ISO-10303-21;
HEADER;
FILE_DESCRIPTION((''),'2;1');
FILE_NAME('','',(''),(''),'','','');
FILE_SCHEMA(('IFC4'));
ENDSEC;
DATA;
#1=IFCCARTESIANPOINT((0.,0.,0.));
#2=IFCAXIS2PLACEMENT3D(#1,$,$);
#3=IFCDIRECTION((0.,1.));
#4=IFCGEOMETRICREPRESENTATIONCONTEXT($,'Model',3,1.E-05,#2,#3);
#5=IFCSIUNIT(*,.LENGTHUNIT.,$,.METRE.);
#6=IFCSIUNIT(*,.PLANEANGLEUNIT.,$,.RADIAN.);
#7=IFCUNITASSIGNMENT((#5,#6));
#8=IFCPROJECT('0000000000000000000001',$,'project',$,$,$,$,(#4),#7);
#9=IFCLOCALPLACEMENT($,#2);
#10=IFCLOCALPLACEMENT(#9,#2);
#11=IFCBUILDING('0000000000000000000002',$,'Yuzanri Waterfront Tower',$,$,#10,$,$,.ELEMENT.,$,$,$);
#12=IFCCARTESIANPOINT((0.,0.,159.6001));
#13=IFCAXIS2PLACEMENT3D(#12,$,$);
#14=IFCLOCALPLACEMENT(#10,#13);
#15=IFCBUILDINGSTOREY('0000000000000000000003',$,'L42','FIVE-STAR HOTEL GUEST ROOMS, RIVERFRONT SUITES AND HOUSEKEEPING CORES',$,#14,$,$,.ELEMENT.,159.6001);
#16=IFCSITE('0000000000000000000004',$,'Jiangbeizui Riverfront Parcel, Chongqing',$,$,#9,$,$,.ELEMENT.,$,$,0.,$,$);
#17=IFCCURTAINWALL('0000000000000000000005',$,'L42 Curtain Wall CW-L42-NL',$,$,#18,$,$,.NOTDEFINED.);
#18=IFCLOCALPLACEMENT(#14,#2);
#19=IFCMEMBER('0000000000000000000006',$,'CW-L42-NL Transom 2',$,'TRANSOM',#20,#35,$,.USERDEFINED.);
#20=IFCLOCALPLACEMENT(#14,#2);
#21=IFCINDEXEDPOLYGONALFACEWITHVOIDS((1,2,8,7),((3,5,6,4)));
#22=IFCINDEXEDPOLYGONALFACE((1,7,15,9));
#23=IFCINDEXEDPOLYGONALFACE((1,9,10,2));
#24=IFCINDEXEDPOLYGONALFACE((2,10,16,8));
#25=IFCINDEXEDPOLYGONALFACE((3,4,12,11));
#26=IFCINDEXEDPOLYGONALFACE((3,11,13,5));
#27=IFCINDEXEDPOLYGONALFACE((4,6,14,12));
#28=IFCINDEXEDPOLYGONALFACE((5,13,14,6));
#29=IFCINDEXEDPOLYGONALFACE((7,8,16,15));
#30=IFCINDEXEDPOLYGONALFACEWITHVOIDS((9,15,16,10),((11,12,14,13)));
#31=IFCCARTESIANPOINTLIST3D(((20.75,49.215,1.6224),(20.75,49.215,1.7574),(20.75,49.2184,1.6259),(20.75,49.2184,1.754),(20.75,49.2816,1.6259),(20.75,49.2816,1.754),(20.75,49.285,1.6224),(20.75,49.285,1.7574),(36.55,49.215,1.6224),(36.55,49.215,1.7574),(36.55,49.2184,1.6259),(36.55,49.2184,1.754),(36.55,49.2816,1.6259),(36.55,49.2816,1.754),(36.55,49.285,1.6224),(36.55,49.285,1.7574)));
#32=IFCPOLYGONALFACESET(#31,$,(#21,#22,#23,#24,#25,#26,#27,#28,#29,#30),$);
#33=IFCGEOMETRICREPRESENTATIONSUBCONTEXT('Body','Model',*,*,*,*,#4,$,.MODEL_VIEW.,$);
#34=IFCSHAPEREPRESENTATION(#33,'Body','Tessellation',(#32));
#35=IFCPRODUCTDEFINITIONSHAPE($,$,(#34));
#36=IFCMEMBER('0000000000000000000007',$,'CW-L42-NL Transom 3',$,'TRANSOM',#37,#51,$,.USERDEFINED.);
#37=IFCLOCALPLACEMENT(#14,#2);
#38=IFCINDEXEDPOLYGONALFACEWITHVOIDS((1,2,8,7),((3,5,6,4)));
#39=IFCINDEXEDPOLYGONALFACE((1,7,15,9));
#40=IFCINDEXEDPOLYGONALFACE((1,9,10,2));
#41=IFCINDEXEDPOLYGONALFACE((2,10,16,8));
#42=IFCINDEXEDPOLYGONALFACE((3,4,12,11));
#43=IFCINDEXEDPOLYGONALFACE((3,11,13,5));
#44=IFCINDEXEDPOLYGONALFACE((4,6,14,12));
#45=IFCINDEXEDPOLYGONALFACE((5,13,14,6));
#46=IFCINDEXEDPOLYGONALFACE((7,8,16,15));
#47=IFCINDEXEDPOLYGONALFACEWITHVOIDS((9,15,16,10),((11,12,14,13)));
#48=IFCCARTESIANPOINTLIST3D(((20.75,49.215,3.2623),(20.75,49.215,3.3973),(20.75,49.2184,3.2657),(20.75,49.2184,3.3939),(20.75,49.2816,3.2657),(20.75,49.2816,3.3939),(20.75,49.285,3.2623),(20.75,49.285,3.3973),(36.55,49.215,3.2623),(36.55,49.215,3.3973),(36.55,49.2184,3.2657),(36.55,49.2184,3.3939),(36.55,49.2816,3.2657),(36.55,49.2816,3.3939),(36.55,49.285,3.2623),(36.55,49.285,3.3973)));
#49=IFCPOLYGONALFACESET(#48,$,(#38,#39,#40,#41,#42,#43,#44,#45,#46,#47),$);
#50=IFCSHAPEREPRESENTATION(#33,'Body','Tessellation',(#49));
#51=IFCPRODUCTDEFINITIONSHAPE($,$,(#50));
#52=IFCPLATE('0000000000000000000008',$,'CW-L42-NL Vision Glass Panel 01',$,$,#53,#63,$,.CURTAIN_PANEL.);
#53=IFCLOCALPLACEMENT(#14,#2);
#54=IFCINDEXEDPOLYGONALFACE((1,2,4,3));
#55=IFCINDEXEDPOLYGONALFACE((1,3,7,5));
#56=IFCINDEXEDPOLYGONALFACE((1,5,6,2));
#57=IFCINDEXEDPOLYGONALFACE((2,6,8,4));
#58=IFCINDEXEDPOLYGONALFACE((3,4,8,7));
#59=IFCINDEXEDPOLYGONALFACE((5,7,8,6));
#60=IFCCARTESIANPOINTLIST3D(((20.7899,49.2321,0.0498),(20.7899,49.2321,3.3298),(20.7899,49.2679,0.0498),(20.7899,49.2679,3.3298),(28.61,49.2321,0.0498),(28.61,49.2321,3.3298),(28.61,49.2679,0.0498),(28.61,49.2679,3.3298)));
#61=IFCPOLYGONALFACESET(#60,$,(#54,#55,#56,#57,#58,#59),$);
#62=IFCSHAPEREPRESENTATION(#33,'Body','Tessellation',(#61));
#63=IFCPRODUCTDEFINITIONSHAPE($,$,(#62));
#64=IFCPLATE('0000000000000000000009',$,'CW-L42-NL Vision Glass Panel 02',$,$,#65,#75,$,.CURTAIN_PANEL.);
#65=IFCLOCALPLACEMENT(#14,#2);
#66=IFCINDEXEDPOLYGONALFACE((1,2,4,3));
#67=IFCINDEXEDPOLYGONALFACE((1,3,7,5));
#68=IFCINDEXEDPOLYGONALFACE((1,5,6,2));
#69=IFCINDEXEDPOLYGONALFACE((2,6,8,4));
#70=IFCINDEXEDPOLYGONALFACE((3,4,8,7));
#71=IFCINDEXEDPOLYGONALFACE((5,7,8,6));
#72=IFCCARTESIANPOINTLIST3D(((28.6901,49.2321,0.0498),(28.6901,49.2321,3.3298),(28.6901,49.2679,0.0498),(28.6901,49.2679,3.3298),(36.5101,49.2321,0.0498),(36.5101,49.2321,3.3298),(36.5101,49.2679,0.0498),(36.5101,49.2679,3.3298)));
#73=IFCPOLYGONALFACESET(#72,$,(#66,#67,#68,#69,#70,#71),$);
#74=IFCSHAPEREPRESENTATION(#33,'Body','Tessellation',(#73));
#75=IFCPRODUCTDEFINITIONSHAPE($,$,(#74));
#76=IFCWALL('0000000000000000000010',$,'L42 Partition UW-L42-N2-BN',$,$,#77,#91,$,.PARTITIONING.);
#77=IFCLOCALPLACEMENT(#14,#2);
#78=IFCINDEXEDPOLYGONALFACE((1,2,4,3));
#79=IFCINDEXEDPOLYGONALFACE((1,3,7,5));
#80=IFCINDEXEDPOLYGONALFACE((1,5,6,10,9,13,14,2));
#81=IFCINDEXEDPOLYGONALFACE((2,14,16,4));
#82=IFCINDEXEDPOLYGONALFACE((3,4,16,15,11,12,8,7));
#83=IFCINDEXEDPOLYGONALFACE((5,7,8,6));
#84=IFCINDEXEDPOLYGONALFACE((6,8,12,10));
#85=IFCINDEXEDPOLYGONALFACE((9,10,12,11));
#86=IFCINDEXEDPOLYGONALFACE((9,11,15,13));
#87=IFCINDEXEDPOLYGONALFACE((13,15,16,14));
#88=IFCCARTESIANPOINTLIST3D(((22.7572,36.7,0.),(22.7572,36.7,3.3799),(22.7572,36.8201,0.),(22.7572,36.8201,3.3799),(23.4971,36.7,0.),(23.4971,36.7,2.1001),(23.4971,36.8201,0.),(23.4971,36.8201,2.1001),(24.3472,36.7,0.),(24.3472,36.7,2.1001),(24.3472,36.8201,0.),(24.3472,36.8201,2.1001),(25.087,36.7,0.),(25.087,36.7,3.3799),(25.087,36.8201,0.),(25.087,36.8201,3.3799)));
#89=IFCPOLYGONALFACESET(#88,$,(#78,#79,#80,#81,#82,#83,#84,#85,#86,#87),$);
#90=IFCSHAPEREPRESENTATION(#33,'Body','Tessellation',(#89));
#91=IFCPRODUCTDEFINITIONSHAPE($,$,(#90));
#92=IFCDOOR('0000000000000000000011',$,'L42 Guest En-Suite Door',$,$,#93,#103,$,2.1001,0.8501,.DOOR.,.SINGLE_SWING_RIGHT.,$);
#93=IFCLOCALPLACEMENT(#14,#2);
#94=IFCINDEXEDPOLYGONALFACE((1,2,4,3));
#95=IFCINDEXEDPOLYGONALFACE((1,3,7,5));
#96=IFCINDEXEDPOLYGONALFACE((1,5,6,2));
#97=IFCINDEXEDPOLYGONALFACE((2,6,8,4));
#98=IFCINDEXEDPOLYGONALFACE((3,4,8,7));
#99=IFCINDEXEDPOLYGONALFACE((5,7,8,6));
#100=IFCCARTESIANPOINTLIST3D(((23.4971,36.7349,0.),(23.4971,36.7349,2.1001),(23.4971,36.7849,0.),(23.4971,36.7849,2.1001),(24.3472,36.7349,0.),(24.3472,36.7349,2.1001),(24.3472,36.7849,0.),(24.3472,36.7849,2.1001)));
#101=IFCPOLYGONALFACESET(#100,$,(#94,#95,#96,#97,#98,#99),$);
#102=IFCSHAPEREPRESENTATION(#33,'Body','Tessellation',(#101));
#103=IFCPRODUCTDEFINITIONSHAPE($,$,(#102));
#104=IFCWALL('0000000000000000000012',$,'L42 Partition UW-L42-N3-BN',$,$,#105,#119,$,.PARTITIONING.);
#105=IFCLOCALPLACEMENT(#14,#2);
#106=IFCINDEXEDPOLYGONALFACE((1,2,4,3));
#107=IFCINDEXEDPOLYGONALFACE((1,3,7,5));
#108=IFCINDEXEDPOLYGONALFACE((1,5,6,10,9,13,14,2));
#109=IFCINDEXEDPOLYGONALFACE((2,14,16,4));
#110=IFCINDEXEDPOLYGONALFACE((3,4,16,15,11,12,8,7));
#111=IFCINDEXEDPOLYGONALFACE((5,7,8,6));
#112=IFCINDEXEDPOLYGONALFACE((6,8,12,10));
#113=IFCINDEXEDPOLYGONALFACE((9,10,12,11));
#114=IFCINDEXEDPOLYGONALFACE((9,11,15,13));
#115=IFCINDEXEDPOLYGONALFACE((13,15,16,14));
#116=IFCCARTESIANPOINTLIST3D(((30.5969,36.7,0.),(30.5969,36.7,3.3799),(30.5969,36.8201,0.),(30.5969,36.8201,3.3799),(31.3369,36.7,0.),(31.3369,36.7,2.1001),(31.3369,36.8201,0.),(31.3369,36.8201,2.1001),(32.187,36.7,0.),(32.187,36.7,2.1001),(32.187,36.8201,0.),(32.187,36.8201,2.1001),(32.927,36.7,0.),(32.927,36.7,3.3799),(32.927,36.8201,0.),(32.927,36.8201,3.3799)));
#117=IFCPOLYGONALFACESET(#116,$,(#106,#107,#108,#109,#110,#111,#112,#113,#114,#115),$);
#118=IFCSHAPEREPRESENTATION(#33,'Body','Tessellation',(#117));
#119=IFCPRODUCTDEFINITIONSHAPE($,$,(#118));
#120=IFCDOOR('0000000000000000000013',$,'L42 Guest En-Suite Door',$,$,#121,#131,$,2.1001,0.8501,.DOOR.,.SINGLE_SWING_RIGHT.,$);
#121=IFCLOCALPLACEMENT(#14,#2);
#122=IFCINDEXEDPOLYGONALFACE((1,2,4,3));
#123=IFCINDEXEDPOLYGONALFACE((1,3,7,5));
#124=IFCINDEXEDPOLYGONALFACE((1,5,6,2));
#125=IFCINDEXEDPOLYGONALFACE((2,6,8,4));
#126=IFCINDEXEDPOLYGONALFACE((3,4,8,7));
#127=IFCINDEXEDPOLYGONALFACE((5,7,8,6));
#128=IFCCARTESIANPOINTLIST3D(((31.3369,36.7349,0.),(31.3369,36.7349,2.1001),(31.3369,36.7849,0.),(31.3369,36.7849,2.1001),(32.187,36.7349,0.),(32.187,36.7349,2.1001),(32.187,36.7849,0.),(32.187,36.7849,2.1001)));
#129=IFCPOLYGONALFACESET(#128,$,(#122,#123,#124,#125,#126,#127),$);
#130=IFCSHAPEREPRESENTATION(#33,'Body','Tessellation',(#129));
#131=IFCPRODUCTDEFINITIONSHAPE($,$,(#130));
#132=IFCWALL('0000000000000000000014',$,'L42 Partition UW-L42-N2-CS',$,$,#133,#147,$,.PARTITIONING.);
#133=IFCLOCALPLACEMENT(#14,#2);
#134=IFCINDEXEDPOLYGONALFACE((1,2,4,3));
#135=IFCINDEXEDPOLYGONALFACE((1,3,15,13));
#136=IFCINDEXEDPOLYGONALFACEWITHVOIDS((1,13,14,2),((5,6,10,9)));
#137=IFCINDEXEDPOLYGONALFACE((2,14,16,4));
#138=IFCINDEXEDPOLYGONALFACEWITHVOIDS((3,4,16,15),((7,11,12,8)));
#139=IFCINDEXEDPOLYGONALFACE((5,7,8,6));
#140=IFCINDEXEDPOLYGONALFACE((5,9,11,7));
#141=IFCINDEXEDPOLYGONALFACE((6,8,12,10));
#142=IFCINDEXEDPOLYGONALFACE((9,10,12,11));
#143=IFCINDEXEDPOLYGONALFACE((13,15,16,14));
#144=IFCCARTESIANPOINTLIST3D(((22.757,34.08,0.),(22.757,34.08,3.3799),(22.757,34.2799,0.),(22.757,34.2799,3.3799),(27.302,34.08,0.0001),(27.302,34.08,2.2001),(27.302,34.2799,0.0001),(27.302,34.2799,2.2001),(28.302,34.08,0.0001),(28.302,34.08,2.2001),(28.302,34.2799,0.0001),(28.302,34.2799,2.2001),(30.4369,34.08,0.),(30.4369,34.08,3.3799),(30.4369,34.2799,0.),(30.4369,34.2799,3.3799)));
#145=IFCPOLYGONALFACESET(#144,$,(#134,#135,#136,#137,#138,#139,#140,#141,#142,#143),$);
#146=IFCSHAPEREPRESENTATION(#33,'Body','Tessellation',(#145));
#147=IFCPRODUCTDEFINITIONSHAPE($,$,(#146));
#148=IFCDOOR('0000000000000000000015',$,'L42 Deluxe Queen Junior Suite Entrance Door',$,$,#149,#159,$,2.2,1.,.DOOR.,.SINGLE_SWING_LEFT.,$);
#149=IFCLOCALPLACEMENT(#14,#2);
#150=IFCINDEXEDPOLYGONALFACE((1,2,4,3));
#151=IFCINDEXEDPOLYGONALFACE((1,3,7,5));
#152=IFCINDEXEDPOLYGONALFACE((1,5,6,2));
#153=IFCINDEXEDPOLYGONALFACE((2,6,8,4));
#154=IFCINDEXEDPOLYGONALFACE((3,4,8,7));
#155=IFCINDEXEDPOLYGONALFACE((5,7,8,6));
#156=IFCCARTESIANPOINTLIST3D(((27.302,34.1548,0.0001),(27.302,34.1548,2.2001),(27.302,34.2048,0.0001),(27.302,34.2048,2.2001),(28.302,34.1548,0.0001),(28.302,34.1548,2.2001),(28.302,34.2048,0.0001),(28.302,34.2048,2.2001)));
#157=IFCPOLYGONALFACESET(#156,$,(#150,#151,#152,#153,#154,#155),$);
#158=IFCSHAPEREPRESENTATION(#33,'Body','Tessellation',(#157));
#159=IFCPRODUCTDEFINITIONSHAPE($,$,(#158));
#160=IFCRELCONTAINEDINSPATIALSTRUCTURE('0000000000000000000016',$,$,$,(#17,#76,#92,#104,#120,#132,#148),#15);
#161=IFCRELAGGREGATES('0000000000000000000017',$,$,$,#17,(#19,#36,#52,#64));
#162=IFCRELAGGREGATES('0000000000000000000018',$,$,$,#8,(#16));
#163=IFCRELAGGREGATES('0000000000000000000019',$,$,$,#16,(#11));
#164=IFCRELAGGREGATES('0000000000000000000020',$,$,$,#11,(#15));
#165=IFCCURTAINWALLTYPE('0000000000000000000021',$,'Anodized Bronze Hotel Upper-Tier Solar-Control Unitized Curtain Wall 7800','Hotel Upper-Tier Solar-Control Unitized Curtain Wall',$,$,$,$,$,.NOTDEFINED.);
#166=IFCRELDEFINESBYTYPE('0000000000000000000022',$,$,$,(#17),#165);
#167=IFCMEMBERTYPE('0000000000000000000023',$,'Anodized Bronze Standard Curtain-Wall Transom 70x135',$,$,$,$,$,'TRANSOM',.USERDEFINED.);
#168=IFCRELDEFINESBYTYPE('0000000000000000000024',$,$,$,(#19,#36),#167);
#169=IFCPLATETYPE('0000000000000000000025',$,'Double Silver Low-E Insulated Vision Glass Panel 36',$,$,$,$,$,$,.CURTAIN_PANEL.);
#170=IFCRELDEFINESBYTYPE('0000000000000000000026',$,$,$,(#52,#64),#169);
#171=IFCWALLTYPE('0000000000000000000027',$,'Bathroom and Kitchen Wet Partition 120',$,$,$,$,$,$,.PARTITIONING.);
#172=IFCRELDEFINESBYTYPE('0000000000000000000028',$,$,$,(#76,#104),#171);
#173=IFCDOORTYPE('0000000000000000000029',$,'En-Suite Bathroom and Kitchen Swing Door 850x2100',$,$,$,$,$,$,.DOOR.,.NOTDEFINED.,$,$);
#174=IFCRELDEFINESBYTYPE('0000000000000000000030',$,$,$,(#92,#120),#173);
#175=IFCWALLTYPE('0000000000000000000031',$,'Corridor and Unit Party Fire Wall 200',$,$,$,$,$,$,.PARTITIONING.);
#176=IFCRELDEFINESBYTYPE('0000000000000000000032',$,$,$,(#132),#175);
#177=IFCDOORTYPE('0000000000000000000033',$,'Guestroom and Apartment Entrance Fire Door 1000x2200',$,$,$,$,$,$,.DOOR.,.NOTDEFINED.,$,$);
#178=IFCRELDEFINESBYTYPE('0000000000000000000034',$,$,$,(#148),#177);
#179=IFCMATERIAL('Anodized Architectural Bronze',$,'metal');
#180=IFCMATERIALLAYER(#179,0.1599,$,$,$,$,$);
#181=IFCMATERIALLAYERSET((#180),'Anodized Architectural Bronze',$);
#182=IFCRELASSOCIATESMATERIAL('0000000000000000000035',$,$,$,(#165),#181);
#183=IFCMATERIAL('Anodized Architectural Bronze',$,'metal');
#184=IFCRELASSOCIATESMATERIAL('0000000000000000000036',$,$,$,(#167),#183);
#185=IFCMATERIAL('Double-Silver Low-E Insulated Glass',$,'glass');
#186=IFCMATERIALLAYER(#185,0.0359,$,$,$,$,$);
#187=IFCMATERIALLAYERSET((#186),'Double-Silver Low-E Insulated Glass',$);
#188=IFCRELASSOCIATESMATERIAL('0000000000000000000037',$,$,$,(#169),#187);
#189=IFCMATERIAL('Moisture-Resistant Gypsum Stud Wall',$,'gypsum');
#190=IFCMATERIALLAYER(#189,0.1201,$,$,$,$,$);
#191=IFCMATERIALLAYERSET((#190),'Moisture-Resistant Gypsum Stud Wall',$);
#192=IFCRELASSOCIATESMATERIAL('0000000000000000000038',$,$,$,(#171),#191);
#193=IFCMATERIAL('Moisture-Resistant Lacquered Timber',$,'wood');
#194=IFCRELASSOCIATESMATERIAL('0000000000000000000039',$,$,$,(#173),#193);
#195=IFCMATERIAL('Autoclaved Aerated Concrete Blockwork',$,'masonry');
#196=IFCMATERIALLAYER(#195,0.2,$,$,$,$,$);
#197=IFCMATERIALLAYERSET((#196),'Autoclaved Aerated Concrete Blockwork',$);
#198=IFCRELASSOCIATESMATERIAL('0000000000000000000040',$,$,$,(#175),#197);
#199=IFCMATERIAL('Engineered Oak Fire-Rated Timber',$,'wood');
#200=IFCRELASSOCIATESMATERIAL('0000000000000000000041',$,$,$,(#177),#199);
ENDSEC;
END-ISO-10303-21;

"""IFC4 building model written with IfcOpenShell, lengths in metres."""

from ifc_helpers import new_model, si_unit, direction, frame, frame_2d, origin, origin_2d, place, context, subcontext, project, spatial, rectangle, hollow_rectangle, extrude, source, transform, mapped, material, layer, layer_set, material_profile, profile_set, type_object, element, fill, aggregate, save


model = new_model("IFC4")

# Units and contexts
model_context = context("Model", 3, precision=1e-05, world=origin(), true_north=direction((0.0, 1.0)))
body_context = subcontext(model_context, "Body", "Model", "MODEL_VIEW")
ifc_project = project(units=[si_unit("LENGTHUNIT", "METRE"), si_unit("PLANEANGLEUNIT", "RADIAN")], contexts=[model_context])

# Site, building, storey
site_placement = place(None, origin())
site = spatial("IfcSite", under=ifc_project, at=site_placement, Name="Jiangbeizui Riverfront Parcel, Chongqing", CompositionType="ELEMENT", RefElevation=0.0)
building_placement = place(site_placement, origin())
building = spatial("IfcBuilding", under=site, at=building_placement, Name="Yuzanri Waterfront Tower", CompositionType="ELEMENT")
storey_placement = place(building_placement, frame((0.0, 0.0, 159.6001)))
storey = spatial("IfcBuildingStorey", under=building, at=storey_placement, Name="L42", Description="FIVE-STAR HOTEL GUEST ROOMS, RIVERFRONT SUITES AND HOUSEKEEPING CORES", CompositionType="ELEMENT", Elevation=159.6001)

# Curtain wall, members, plates
ifc_material_1 = material(Name="Anodized Architectural Bronze", Category="metal")
ifc_layer_1 = layer(ifc_material_1, 0.1599)
ifc_layer_set_1 = layer_set([ifc_layer_1], Name="Anodized Architectural Bronze")
curtain_wall_type = type_object("IfcCurtainWallType", Name="Anodized Bronze Hotel Upper-Tier Solar-Control Unitized Curtain Wall 7800", Description="Hotel Upper-Tier Solar-Control Unitized Curtain Wall", PredefinedType="NOTDEFINED", material=ifc_layer_set_1)
curtain_wall_placement = place(storey_placement, origin())
curtain_wall = element("IfcCurtainWall", 1, at=curtain_wall_placement, inside=storey, type_object=curtain_wall_type, Name="L42 Curtain Wall CW-L42-NL", PredefinedType="NOTDEFINED")
ifc_material_2 = material(Name="Anodized Architectural Bronze", Category="metal")
ifc_material_profile_1 = material_profile(ifc_material_2, hollow_rectangle(XDim=0.0701, YDim=0.135, WallThickness=0.0034, at=origin_2d()), Name="CWT 70x135")
ifc_profile_set_1 = profile_set([ifc_material_profile_1], Name="Anodized Architectural Bronze")
member_type_1 = type_object("IfcMemberType", Name="Anodized Bronze Standard Curtain-Wall Transom 70x135", ElementType="TRANSOM", PredefinedType="USERDEFINED", material=ifc_profile_set_1)
shared_shape_1 = source(origin(), body_context, "Body", "SweptSolid", [
    extrude(hollow_rectangle(XDim=0.0701, YDim=0.135, WallThickness=0.0034, at=origin_2d()), origin(), (0.0, 0.0, 1.0), 15.8),
])
member_1_placement = place(storey_placement, frame((20.75, 49.25, 1.6899), z_axis=(1.0, 0.0, 0.0), x_axis=(0.0, 1.0, 0.0)))
member_1 = element("IfcMember", 2, at=member_1_placement, type_object=member_type_1, Name="CW-L42-NL Transom 2", ObjectType="TRANSOM", PredefinedType="USERDEFINED", context=body_context, shape_type="MappedRepresentation", body=[
    mapped(shared_shape_1, transform((0.0, 0.0, 0.0), scale=1.0)),
])
member_2_placement = place(storey_placement, frame((20.75, 49.25, 3.3298), z_axis=(1.0, 0.0, 0.0), x_axis=(0.0, 1.0, 0.0)))
member_2 = element("IfcMember", 3, at=member_2_placement, type_object=member_type_1, Name="CW-L42-NL Transom 3", ObjectType="TRANSOM", PredefinedType="USERDEFINED", context=body_context, shape_type="MappedRepresentation", body=[
    mapped(shared_shape_1, transform((0.0, 0.0, 0.0), scale=1.0)),
])
ifc_material_3 = material(Name="Double-Silver Low-E Insulated Glass", Category="glass")
ifc_layer_2 = layer(ifc_material_3, 0.0359)
ifc_layer_set_2 = layer_set([ifc_layer_2], Name="Double-Silver Low-E Insulated Glass")
plate_type = type_object("IfcPlateType", Name="Double Silver Low-E Insulated Vision Glass Panel 36", PredefinedType="CURTAIN_PANEL", material=ifc_layer_set_2)
shared_shape_2 = source(origin(), body_context, "Body", "SweptSolid", [
    extrude(rectangle(XDim=7.8201, YDim=0.0359, at=origin_2d()), origin(), (0.0, 0.0, 1.0), 3.28),
])
plate_1_placement = place(storey_placement, frame((24.7, 49.25, 0.0498), z_axis=(0.0, 0.0, 1.0), x_axis=(1.0, 0.0, 0.0)))
plate_1 = element("IfcPlate", 4, at=plate_1_placement, type_object=plate_type, Name="CW-L42-NL Vision Glass Panel 01", PredefinedType="CURTAIN_PANEL", context=body_context, shape_type="MappedRepresentation", body=[
    mapped(shared_shape_2, transform((0.0, 0.0, 0.0), scale=1.0)),
])
plate_2_placement = place(storey_placement, frame((32.6001, 49.25, 0.0498), z_axis=(0.0, 0.0, 1.0), x_axis=(1.0, 0.0, 0.0)))
plate_2 = element("IfcPlate", 5, at=plate_2_placement, type_object=plate_type, Name="CW-L42-NL Vision Glass Panel 02", PredefinedType="CURTAIN_PANEL", context=body_context, shape_type="MappedRepresentation", body=[
    mapped(shared_shape_2, transform((0.0, 0.0, 0.0), scale=1.0)),
])
aggregate(curtain_wall, [member_1, member_2, plate_1, plate_2])

# Walls, openings, doors
ifc_material_4 = material(Name="Moisture-Resistant Gypsum Stud Wall", Category="gypsum")
ifc_layer_3 = layer(ifc_material_4, 0.1201)
ifc_layer_set_3 = layer_set([ifc_layer_3], Name="Moisture-Resistant Gypsum Stud Wall")
wall_type_1 = type_object("IfcWallType", Name="Bathroom and Kitchen Wet Partition 120", PredefinedType="PARTITIONING", material=ifc_layer_set_3)
wall_1_placement = place(storey_placement, frame((22.7571, 36.76, 0.0), z_axis=(0.0, 0.0, 1.0), x_axis=(1.0, 0.0, 0.0)))
wall_1 = element("IfcWall", 6, at=wall_1_placement, inside=storey, type_object=wall_type_1, Name="L42 Partition UW-L42-N2-BN", PredefinedType="PARTITIONING", context=body_context, shape_type="SweptSolid", body=[
    extrude(rectangle(XDim=2.3298, YDim=0.1201, at=frame_2d((1.165, 0.0))), origin(), (0.0, 0.0, 1.0), 3.3799),
])
opening_1_placement = place(wall_1_placement, frame((0.74, 0.0, 0.0)))
opening_1 = element("IfcOpeningElement", 7, at=opening_1_placement, cuts=wall_1, PredefinedType="OPENING", context=body_context, shape_type="SweptSolid", body=[
    extrude(rectangle(XDim=0.8501, YDim=2.1001, at=frame_2d((0.425, 1.05))), frame((0.0, 0.075, 0.0), z_axis=(0.0, -1.0, 0.0), x_axis=(1.0, 0.0, 0.0)), (0.0, 0.0, 1.0), 0.1499),
])
ifc_material_5 = material(Name="Moisture-Resistant Lacquered Timber", Category="wood")
door_type_1 = type_object("IfcDoorType", Name="En-Suite Bathroom and Kitchen Swing Door 850x2100", OperationType="NOTDEFINED", PredefinedType="DOOR", material=ifc_material_5)
shared_shape_3 = source(origin(), body_context, "Body", "SweptSolid", [
    extrude(rectangle(XDim=0.8501, YDim=2.1001, at=frame_2d((0.425, 1.05))), frame((0.0, 0.0249, 0.0), z_axis=(0.0, -1.0, 0.0), x_axis=(1.0, 0.0, 0.0)), (0.0, 0.0, 1.0), 0.05),
])
door_1_placement = place(opening_1_placement, origin())
door_1 = element("IfcDoor", 8, at=door_1_placement, inside=storey, type_object=door_type_1, Name="L42 Guest En-Suite Door", OperationType="SINGLE_SWING_RIGHT", OverallHeight=2.1001, OverallWidth=0.8501, PredefinedType="DOOR", context=body_context, shape_type="MappedRepresentation", body=[
    mapped(shared_shape_3, transform((0.0, 0.0, 0.0), scale=1.0)),
])
fill(opening_1, door_1)
wall_2_placement = place(storey_placement, frame((30.5969, 36.76, 0.0), z_axis=(0.0, 0.0, 1.0), x_axis=(1.0, 0.0, 0.0)))
wall_2 = element("IfcWall", 9, at=wall_2_placement, inside=storey, type_object=wall_type_1, Name="L42 Partition UW-L42-N3-BN", PredefinedType="PARTITIONING", context=body_context, shape_type="SweptSolid", body=[
    extrude(rectangle(XDim=2.3301, YDim=0.1201, at=frame_2d((1.165, 0.0))), origin(), (0.0, 0.0, 1.0), 3.3799),
])
opening_2_placement = place(wall_2_placement, frame((0.74, 0.0, 0.0)))
opening_2 = element("IfcOpeningElement", 10, at=opening_2_placement, cuts=wall_2, PredefinedType="OPENING", context=body_context, shape_type="SweptSolid", body=[
    extrude(rectangle(XDim=0.8501, YDim=2.1001, at=frame_2d((0.425, 1.05))), frame((0.0, 0.075, 0.0), z_axis=(0.0, -1.0, 0.0), x_axis=(1.0, 0.0, 0.0)), (0.0, 0.0, 1.0), 0.1499),
])
door_2_placement = place(opening_2_placement, origin())
door_2 = element("IfcDoor", 11, at=door_2_placement, inside=storey, type_object=door_type_1, Name="L42 Guest En-Suite Door", OperationType="SINGLE_SWING_RIGHT", OverallHeight=2.1001, OverallWidth=0.8501, PredefinedType="DOOR", context=body_context, shape_type="MappedRepresentation", body=[
    mapped(shared_shape_3, transform((0.0, 0.0, 0.0), scale=1.0)),
])
fill(opening_2, door_2)
ifc_material_6 = material(Name="Autoclaved Aerated Concrete Blockwork", Category="masonry")
ifc_layer_4 = layer(ifc_material_6, 0.2)
ifc_layer_set_4 = layer_set([ifc_layer_4], Name="Autoclaved Aerated Concrete Blockwork")
wall_type_2 = type_object("IfcWallType", Name="Corridor and Unit Party Fire Wall 200", PredefinedType="PARTITIONING", material=ifc_layer_set_4)
wall_3_placement = place(storey_placement, frame((22.7571, 34.1799, 0.0), z_axis=(0.0, 0.0, 1.0), x_axis=(1.0, 0.0, 0.0)))
wall_3 = element("IfcWall", 12, at=wall_3_placement, inside=storey, type_object=wall_type_2, Name="L42 Partition UW-L42-N2-CS", PredefinedType="PARTITIONING", context=body_context, shape_type="SweptSolid", body=[
    extrude(rectangle(XDim=7.6799, YDim=0.2, at=frame_2d((3.8398, 0.0))), origin(), (0.0, 0.0, 1.0), 3.3799),
])
opening_3_placement = place(wall_3_placement, frame((4.5449, 0.0, 0.0)))
opening_3 = element("IfcOpeningElement", 13, at=opening_3_placement, cuts=wall_3, PredefinedType="OPENING", context=body_context, shape_type="SweptSolid", body=[
    extrude(rectangle(XDim=1.0, YDim=2.2, at=frame_2d((0.5, 1.1001))), frame((0.0, 0.1147, 0.0), z_axis=(0.0, -1.0, 0.0), x_axis=(1.0, 0.0, 0.0)), (0.0, 0.0, 1.0), 0.2297),
])
ifc_material_7 = material(Name="Engineered Oak Fire-Rated Timber", Category="wood")
door_type_2 = type_object("IfcDoorType", Name="Guestroom and Apartment Entrance Fire Door 1000x2200", OperationType="NOTDEFINED", PredefinedType="DOOR", material=ifc_material_7)
shared_shape_4 = source(origin(), body_context, "Body", "SweptSolid", [
    extrude(rectangle(XDim=1.0, YDim=2.2, at=frame_2d((0.5, 1.1001))), frame((0.0, 0.0249, 0.0), z_axis=(0.0, -1.0, 0.0), x_axis=(1.0, 0.0, 0.0)), (0.0, 0.0, 1.0), 0.05),
])
door_3_placement = place(opening_3_placement, origin())
door_3 = element("IfcDoor", 14, at=door_3_placement, inside=storey, type_object=door_type_2, Name="L42 Deluxe Queen Junior Suite Entrance Door", OperationType="SINGLE_SWING_LEFT", OverallHeight=2.2, OverallWidth=1.0, PredefinedType="DOOR", context=body_context, shape_type="MappedRepresentation", body=[
    mapped(shared_shape_4, transform((0.0, 0.0, 0.0), scale=1.0)),
])
fill(opening_3, door_3)

save(model, "model.ifc")
